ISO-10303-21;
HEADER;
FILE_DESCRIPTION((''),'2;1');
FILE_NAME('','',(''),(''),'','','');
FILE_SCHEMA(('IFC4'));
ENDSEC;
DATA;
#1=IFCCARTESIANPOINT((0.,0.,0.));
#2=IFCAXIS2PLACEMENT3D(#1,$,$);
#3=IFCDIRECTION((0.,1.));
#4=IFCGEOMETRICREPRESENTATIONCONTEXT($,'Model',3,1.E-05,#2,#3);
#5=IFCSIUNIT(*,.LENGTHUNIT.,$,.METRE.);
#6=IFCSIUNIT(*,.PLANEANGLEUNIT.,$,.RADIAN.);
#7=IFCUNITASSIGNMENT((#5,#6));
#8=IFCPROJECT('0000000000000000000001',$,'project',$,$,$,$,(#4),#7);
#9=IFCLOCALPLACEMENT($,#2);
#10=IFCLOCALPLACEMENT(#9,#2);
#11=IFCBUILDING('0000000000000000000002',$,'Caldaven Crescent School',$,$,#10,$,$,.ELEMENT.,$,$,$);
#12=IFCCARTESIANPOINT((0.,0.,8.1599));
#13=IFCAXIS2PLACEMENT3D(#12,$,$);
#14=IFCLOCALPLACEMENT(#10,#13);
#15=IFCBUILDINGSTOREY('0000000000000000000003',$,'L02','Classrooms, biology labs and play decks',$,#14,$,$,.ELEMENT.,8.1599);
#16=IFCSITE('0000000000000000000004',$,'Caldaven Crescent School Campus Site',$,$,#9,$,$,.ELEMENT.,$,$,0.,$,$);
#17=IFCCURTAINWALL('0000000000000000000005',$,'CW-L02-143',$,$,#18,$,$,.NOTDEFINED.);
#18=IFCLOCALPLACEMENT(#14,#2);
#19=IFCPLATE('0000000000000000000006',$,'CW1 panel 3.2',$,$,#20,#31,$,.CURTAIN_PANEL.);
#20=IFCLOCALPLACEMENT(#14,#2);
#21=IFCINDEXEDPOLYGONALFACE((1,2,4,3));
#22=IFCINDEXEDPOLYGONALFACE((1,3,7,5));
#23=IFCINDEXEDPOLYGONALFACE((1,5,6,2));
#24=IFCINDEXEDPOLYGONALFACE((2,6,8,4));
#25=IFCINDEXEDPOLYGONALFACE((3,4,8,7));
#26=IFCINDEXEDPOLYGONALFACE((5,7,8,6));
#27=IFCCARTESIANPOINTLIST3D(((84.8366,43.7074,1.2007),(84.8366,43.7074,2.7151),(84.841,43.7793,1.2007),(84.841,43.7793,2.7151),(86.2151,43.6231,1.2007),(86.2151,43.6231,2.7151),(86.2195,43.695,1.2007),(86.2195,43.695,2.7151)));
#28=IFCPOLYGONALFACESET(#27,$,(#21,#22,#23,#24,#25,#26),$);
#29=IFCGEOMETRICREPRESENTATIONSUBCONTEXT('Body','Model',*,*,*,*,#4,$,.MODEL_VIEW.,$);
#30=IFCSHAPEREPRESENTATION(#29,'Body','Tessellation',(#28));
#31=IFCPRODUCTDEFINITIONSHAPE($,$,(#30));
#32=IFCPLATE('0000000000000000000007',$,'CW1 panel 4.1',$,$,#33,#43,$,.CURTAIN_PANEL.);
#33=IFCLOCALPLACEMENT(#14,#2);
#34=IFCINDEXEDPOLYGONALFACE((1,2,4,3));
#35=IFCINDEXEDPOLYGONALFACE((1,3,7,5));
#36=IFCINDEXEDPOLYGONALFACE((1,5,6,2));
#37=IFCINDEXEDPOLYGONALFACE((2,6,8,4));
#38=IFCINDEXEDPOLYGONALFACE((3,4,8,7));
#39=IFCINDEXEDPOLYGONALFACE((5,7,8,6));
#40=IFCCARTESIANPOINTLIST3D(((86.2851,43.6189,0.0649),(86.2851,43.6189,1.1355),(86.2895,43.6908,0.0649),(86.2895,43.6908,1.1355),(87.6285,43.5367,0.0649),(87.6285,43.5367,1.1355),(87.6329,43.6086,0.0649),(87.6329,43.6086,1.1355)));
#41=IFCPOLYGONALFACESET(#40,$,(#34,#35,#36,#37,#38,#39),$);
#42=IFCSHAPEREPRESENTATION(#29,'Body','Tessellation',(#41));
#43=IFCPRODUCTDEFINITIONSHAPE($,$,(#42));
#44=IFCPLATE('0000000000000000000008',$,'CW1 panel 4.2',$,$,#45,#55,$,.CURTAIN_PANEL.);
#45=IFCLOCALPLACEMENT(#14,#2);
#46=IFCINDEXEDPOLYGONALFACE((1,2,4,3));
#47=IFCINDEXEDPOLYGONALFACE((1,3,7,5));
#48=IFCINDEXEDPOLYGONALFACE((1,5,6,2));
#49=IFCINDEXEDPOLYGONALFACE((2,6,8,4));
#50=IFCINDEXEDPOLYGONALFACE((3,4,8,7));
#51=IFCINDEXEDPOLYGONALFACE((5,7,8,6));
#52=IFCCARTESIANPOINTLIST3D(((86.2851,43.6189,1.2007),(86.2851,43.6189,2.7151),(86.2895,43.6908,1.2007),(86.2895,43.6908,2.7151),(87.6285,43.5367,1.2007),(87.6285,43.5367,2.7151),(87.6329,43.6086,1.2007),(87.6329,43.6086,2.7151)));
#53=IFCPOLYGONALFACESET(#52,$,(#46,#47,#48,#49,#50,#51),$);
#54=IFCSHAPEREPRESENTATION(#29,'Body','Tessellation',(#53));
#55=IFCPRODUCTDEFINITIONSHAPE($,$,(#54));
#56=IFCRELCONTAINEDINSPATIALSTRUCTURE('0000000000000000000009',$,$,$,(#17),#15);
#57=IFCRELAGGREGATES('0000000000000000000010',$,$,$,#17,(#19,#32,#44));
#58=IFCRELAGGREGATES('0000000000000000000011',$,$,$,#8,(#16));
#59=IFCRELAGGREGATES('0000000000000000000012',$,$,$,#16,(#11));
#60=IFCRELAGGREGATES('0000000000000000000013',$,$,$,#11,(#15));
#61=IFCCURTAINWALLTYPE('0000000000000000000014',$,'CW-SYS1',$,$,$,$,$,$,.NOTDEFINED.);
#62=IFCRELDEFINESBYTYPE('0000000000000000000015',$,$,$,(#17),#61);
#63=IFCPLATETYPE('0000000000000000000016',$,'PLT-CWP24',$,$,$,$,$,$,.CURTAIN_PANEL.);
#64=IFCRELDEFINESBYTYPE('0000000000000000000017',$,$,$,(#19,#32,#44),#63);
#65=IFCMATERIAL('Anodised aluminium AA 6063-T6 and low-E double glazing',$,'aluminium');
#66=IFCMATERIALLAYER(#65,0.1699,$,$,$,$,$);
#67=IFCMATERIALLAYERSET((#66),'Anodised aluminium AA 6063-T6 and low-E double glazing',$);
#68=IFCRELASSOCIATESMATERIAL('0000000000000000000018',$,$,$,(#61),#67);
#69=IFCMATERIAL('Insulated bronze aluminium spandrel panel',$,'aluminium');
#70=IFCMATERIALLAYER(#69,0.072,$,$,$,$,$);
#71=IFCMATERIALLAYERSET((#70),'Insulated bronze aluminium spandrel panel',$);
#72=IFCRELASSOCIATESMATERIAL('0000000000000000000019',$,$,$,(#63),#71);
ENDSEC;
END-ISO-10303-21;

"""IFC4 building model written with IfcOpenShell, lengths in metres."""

from ifc_helpers import new_model, si_unit, direction, frame, origin, origin_2d, place, context, subcontext, project, spatial, rectangle, extrude, material, layer, layer_set, type_object, element, aggregate, save


model = new_model("IFC4")

# Units and contexts
model_context = context("Model", 3, precision=1e-05, world=origin(), true_north=direction((0.0, 1.0)))
body_context = subcontext(model_context, "Body", "Model", "MODEL_VIEW")
ifc_project = project(units=[si_unit("LENGTHUNIT", "METRE"), si_unit("PLANEANGLEUNIT", "RADIAN")], contexts=[model_context])

# Site, building, storey
site_placement = place(None, origin())
site = spatial("IfcSite", under=ifc_project, at=site_placement, Name="Caldaven Crescent School Campus Site", CompositionType="ELEMENT", RefElevation=0.0)
building_placement = place(site_placement, origin())
building = spatial("IfcBuilding", under=site, at=building_placement, Name="Caldaven Crescent School", CompositionType="ELEMENT")
storey_placement = place(building_placement, frame((0.0, 0.0, 8.1599)))
storey = spatial("IfcBuildingStorey", under=building, at=storey_placement, Name="L02", Description="Classrooms, biology labs and play decks", CompositionType="ELEMENT", Elevation=8.1599)

# Shared definitions
ifc_material_1 = material(Name="Anodised aluminium AA 6063-T6 and low-E double glazing", Category="aluminium")

# Curtain wall
ifc_layer_1 = layer(ifc_material_1, 0.1699)
ifc_layer_set_1 = layer_set([ifc_layer_1], Name="Anodised aluminium AA 6063-T6 and low-E double glazing")
curtain_wall_type_1 = type_object("IfcCurtainWallType", Name="CW-SYS1", PredefinedType="NOTDEFINED", material=ifc_layer_set_1)
curtain_wall_1_placement = place(storey_placement, origin())
curtain_wall_1 = element("IfcCurtainWall", 1, at=curtain_wall_1_placement, inside=storey, type_object=curtain_wall_type_1, Name="CW-L02-143", PredefinedType="NOTDEFINED")

# Plates
ifc_material_2 = material(Name="Insulated bronze aluminium spandrel panel", Category="aluminium")
ifc_layer_2 = layer(ifc_material_2, 0.072)
ifc_layer_set_2 = layer_set([ifc_layer_2], Name="Insulated bronze aluminium spandrel panel")
plate_type = type_object("IfcPlateType", Name="PLT-CWP24", PredefinedType="CURTAIN_PANEL", material=ifc_layer_set_2)
plate_1_placement = place(storey_placement, frame((85.5281, 43.7012, 1.2007), z_axis=(0.0, 0.0, 1.0), x_axis=(0.998135, -0.061049, 0.0)))
plate_1 = element("IfcPlate", 2, at=plate_1_placement, type_object=plate_type, Name="CW1 panel 3.2", PredefinedType="CURTAIN_PANEL", context=body_context, shape_type="SweptSolid", body=[
    extrude(rectangle(XDim=1.3811, YDim=0.072, at=origin_2d()), origin(), (0.0, 0.0, 1.0), 1.5144),
])
plate_2_placement = place(storey_placement, frame((86.959, 43.6138, 0.0649), z_axis=(0.0, 0.0, 1.0), x_axis=(0.998135, -0.061049, 0.0)))
plate_2 = element("IfcPlate", 3, at=plate_2_placement, type_object=plate_type, Name="CW1 panel 4.1", PredefinedType="CURTAIN_PANEL", context=body_context, shape_type="SweptSolid", body=[
    extrude(rectangle(XDim=1.3459, YDim=0.072, at=origin_2d()), origin(), (0.0, 0.0, 1.0), 1.0706),
])
plate_3_placement = place(storey_placement, frame((86.959, 43.6138, 1.2007), z_axis=(0.0, 0.0, 1.0), x_axis=(0.998135, -0.061049, 0.0)))
plate_3 = element("IfcPlate", 4, at=plate_3_placement, type_object=plate_type, Name="CW1 panel 4.2", PredefinedType="CURTAIN_PANEL", context=body_context, shape_type="SweptSolid", body=[
    extrude(rectangle(XDim=1.3459, YDim=0.072, at=origin_2d()), origin(), (0.0, 0.0, 1.0), 1.5144),
])
aggregate(curtain_wall_1, [plate_1, plate_2, plate_3])

save(model, "model.ifc")
